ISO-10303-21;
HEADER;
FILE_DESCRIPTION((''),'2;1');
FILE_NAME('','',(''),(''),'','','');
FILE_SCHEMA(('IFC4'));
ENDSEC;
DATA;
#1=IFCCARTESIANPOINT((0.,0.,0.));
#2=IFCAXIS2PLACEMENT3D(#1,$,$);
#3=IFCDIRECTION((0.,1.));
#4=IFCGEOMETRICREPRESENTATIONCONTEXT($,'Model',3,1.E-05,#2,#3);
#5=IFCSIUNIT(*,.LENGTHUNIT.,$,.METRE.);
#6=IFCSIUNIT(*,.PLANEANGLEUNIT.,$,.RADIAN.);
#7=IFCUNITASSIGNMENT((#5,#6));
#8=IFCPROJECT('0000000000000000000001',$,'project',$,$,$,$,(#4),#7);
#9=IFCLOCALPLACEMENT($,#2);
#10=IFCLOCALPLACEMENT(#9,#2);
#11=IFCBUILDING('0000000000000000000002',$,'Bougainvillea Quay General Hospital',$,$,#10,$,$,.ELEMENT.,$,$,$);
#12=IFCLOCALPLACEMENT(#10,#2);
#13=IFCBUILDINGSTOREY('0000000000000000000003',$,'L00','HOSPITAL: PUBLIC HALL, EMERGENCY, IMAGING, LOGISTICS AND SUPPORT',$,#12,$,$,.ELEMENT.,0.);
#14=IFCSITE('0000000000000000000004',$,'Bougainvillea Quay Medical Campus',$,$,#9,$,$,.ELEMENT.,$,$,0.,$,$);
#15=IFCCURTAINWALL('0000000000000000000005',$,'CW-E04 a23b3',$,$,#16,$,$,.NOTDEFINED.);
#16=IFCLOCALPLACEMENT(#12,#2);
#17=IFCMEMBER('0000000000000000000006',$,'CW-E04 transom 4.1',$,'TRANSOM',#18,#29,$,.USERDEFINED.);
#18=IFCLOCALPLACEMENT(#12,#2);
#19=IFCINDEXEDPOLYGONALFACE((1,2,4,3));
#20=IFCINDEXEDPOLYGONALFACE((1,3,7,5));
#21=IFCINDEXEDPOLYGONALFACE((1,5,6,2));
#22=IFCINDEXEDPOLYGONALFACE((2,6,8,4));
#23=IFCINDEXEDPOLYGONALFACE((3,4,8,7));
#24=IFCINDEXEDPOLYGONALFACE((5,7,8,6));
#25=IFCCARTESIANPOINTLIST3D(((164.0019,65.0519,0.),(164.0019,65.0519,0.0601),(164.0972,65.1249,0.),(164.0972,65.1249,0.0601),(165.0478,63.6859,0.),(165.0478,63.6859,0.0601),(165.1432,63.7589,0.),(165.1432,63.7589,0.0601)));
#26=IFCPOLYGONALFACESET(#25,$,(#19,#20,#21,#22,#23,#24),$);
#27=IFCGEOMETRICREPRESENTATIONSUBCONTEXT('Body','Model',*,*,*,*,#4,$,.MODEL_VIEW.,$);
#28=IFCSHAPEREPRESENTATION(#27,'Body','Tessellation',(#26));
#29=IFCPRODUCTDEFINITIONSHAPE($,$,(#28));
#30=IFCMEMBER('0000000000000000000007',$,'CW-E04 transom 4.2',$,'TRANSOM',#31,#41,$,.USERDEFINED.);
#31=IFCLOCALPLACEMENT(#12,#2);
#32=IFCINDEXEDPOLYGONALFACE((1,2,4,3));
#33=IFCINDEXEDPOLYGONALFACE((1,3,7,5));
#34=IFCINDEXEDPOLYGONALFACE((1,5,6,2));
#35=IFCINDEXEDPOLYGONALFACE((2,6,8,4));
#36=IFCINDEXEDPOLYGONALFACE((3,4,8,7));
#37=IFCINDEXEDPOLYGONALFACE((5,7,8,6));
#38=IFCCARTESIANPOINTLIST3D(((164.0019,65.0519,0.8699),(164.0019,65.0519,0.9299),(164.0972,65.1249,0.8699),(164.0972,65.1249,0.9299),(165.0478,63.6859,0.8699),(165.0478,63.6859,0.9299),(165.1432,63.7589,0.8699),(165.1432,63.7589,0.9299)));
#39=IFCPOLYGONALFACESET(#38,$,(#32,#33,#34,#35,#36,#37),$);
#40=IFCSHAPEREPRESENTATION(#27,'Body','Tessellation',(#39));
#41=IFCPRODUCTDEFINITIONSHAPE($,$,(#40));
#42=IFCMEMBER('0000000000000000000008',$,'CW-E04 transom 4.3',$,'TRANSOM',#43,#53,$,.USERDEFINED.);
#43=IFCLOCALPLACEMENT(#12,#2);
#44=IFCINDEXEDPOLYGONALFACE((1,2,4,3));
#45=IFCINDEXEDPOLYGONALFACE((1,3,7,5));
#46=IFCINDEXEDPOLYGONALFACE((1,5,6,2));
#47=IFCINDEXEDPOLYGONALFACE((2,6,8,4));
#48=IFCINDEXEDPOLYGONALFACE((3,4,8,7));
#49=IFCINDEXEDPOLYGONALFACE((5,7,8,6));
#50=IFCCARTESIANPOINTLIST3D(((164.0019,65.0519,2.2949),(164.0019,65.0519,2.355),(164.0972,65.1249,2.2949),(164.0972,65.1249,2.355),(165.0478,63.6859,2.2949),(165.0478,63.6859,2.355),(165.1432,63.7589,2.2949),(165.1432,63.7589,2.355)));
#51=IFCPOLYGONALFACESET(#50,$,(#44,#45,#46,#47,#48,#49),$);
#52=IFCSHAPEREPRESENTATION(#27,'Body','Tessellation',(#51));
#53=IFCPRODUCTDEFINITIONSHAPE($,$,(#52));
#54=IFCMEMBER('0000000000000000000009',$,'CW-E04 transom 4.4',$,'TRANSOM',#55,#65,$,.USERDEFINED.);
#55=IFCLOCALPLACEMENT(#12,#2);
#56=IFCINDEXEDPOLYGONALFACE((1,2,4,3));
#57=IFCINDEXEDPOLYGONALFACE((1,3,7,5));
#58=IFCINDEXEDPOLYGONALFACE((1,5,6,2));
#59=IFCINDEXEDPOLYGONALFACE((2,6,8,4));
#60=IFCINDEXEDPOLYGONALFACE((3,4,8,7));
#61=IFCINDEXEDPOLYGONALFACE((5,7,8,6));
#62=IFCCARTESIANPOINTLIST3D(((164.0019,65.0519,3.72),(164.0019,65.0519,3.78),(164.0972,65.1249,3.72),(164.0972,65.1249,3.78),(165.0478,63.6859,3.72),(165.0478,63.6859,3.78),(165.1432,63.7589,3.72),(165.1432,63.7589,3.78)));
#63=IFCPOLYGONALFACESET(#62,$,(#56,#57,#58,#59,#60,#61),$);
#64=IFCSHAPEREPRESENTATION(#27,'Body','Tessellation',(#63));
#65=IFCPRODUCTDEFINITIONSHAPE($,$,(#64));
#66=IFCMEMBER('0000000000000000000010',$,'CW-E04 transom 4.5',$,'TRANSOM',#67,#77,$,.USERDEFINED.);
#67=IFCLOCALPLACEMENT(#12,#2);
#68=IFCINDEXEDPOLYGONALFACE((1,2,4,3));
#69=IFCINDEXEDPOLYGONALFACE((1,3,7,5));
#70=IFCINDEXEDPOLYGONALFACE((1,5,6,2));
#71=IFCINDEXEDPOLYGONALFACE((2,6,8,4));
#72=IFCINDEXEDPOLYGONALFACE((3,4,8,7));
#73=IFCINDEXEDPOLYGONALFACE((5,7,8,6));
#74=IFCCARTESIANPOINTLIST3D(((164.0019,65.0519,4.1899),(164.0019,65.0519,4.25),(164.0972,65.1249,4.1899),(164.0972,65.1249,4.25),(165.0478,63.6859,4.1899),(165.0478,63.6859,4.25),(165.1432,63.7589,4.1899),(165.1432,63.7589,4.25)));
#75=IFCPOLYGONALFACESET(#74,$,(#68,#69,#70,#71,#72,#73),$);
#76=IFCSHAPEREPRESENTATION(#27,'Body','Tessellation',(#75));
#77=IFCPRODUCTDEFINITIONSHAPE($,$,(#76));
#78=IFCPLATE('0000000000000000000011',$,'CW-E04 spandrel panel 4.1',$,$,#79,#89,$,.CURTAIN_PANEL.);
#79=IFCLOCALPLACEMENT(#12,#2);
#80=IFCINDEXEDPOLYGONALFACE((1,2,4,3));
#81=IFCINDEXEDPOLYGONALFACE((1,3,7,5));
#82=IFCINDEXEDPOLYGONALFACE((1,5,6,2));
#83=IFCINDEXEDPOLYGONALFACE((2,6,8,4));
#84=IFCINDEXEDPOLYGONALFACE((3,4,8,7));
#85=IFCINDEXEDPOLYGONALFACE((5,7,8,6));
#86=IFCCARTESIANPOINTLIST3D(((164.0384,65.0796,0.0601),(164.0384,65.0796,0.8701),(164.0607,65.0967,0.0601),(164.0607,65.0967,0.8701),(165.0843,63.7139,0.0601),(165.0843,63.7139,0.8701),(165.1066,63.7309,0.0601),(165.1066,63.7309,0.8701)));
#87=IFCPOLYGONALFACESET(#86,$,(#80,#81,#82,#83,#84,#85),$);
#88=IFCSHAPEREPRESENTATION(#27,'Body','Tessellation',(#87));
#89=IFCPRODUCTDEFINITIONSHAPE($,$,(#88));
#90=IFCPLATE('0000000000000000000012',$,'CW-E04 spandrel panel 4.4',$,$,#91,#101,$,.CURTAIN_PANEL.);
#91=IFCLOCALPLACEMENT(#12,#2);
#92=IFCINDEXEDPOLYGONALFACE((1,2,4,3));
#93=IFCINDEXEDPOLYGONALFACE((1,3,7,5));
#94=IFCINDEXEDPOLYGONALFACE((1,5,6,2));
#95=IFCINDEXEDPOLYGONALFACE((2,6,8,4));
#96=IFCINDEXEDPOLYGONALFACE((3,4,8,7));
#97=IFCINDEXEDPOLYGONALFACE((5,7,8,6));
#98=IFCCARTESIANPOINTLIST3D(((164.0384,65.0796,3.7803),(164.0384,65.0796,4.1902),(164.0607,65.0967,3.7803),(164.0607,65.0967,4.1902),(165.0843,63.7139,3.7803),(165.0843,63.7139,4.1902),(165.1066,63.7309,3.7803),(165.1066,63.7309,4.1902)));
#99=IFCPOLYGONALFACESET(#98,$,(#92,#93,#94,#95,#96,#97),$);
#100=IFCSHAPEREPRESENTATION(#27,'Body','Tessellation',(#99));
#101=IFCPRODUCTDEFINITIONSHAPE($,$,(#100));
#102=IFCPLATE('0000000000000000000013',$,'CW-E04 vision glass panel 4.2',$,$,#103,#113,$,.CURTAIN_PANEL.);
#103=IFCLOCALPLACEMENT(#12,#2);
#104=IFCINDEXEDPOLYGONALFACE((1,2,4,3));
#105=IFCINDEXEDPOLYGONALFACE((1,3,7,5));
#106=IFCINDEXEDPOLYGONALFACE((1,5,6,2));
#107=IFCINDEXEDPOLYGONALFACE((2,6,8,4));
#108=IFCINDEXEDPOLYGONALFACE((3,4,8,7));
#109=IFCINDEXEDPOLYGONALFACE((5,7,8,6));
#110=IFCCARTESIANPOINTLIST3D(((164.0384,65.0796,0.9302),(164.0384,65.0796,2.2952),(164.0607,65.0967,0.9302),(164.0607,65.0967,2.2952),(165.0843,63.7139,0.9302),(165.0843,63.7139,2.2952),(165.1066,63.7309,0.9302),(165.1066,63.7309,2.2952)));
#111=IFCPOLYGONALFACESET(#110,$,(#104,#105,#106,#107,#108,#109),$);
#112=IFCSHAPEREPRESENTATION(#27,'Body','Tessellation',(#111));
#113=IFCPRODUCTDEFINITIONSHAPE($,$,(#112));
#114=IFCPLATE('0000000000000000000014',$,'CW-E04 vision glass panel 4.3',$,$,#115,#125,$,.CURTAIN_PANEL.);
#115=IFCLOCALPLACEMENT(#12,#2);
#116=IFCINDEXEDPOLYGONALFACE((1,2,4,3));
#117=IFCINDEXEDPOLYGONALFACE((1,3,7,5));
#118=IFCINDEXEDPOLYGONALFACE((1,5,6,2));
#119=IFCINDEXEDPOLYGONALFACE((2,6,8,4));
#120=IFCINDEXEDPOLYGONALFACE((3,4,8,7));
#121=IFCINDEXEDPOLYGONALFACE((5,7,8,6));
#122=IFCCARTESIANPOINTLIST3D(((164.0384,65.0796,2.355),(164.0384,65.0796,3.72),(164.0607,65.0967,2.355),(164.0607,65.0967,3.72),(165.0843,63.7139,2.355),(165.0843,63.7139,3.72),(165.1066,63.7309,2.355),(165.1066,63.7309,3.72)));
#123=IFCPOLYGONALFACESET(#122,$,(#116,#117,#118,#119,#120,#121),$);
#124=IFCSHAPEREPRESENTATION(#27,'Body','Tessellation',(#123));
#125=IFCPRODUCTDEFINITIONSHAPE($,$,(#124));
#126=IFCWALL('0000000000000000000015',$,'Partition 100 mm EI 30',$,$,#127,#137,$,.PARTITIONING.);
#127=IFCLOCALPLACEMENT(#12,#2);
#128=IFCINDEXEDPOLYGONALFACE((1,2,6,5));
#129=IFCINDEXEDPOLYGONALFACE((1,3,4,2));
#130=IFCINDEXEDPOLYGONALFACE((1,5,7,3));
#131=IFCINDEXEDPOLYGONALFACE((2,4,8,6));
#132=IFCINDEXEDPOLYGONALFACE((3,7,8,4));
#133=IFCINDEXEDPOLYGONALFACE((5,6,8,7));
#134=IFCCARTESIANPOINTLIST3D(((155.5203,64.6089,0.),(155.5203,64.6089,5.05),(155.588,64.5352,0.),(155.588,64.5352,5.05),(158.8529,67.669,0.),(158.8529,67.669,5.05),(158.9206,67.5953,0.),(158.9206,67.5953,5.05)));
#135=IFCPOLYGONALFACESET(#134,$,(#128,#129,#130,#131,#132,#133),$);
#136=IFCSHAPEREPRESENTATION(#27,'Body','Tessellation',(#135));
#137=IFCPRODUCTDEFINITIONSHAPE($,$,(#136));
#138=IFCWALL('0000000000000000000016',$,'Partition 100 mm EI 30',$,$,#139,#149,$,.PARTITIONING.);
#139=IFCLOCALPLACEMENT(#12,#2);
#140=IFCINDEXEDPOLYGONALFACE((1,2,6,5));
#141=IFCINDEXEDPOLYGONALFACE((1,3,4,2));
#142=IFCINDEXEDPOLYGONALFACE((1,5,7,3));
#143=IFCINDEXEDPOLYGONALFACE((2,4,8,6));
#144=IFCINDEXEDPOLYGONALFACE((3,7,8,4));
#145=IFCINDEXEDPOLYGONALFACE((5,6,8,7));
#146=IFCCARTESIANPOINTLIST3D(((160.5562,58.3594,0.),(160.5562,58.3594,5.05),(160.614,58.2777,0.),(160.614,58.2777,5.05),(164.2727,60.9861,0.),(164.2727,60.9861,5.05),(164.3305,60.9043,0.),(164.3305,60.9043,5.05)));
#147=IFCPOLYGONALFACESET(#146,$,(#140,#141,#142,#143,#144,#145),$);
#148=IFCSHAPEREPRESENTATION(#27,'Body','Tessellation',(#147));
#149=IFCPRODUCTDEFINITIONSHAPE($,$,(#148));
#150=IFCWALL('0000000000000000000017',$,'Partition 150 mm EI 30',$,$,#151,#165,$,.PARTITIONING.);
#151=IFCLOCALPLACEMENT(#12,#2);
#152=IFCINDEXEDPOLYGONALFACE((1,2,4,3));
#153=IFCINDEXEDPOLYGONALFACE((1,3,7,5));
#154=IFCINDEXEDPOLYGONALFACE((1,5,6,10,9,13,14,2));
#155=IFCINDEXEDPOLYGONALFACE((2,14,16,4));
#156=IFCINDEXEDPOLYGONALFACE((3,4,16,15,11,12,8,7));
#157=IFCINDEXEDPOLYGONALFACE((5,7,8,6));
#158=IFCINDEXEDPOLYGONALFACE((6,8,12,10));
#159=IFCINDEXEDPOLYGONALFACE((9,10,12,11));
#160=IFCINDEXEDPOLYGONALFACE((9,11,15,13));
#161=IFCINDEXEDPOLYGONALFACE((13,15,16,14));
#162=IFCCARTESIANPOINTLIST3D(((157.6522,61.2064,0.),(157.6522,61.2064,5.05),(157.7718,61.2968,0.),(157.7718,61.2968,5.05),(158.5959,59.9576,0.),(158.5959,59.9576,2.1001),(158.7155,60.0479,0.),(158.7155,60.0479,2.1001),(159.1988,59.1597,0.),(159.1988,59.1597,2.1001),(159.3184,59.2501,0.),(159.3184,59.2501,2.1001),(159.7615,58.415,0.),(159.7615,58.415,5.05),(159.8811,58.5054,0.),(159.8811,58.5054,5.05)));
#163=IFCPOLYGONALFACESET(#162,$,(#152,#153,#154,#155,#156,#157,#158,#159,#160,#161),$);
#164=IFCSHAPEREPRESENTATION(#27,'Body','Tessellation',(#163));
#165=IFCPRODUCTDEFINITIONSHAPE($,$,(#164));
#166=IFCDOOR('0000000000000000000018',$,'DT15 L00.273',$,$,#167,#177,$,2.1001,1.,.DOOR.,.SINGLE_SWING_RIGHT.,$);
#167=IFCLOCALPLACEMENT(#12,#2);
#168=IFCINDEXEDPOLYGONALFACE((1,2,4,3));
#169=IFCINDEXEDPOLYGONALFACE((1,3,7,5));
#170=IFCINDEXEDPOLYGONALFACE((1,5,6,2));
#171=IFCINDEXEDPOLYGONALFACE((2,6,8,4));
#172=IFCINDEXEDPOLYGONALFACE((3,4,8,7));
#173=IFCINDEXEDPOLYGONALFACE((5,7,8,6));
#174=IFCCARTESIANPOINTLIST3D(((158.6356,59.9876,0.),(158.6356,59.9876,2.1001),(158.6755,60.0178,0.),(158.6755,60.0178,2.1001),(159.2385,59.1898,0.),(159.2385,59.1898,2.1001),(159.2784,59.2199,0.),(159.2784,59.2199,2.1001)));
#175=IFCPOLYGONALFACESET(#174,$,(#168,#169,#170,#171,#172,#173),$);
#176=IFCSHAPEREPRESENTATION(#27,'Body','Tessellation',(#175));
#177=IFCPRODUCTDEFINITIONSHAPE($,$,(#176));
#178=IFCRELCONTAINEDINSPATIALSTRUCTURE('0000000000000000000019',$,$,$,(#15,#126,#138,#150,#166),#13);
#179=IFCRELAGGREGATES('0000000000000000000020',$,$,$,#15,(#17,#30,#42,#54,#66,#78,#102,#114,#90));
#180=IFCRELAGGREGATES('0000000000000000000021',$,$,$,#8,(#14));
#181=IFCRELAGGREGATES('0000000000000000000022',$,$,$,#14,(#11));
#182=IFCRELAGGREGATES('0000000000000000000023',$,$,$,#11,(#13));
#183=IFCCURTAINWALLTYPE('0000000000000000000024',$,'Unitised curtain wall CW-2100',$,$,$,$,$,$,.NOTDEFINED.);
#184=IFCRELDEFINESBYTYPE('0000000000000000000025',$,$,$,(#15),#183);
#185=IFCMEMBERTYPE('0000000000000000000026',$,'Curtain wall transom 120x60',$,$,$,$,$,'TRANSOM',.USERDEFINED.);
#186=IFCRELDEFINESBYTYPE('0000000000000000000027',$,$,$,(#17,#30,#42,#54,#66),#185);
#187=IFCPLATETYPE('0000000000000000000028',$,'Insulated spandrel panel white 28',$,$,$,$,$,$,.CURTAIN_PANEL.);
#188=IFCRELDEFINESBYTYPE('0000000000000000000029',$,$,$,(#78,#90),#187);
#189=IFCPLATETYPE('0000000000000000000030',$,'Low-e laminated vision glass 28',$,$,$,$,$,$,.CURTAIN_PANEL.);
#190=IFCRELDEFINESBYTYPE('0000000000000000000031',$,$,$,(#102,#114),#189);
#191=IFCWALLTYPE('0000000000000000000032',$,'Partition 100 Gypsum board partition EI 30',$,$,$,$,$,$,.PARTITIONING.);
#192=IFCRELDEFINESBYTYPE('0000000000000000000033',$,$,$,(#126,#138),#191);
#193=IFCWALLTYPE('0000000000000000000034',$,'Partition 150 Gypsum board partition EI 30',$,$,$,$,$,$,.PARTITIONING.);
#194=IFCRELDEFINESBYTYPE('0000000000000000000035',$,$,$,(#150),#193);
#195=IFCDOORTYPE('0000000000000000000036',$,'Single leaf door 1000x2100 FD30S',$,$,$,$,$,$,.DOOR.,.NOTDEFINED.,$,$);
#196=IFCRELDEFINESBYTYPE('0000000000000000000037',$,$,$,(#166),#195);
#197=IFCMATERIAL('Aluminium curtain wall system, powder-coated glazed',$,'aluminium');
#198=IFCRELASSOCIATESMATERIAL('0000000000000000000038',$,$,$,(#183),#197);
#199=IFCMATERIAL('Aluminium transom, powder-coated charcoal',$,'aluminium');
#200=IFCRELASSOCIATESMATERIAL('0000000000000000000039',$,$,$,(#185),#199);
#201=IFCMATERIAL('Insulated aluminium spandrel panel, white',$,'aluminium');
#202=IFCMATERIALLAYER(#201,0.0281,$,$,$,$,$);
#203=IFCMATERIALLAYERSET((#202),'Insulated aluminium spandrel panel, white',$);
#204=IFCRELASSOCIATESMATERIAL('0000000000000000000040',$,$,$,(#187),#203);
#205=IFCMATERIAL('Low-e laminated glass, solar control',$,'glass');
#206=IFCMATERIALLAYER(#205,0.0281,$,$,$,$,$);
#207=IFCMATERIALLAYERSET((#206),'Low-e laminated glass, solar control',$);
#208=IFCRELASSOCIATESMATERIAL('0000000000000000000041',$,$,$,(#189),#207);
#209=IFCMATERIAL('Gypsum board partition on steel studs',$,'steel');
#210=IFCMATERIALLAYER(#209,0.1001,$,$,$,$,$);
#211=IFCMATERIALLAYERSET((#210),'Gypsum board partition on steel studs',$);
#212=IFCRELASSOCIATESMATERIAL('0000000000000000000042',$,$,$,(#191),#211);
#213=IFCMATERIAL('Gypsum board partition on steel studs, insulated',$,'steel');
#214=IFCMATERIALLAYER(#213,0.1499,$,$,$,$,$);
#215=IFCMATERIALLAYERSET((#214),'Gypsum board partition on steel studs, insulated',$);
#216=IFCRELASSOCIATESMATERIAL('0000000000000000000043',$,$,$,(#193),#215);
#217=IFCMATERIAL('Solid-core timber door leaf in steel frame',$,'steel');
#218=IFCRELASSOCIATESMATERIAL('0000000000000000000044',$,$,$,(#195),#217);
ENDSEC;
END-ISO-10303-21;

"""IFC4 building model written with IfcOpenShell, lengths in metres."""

from ifc_helpers import new_model, si_unit, direction, frame, frame_2d, origin, origin_2d, place, context, subcontext, project, spatial, rectangle, extrude, material, layer, layer_set, material_profile, profile_set, type_object, element, fill, aggregate, save


model = new_model("IFC4")

# Units and contexts
model_context = context("Model", 3, precision=1e-05, world=origin(), true_north=direction((0.0, 1.0)))
body_context = subcontext(model_context, "Body", "Model", "MODEL_VIEW")
ifc_project = project(units=[si_unit("LENGTHUNIT", "METRE"), si_unit("PLANEANGLEUNIT", "RADIAN")], contexts=[model_context])

# Site, building, storey
site_placement = place(None, origin())
site = spatial("IfcSite", under=ifc_project, at=site_placement, Name="Bougainvillea Quay Medical Campus", CompositionType="ELEMENT", RefElevation=0.0)
building_placement = place(site_placement, origin())
building = spatial("IfcBuilding", under=site, at=building_placement, Name="Bougainvillea Quay General Hospital", CompositionType="ELEMENT")
storey_placement = place(building_placement, origin())
storey = spatial("IfcBuildingStorey", under=building, at=storey_placement, Name="L00", Description="HOSPITAL: PUBLIC HALL, EMERGENCY, IMAGING, LOGISTICS AND SUPPORT", CompositionType="ELEMENT", Elevation=0.0)

# Curtain wall, members, plates
ifc_material_1 = material(Name="Aluminium curtain wall system, powder-coated glazed", Category="aluminium")
curtain_wall_type = type_object("IfcCurtainWallType", Name="Unitised curtain wall CW-2100", PredefinedType="NOTDEFINED", material=ifc_material_1)
curtain_wall_placement = place(storey_placement, origin())
curtain_wall = element("IfcCurtainWall", 1, at=curtain_wall_placement, inside=storey, type_object=curtain_wall_type, Name="CW-E04 a23b3", PredefinedType="NOTDEFINED")
ifc_material_2 = material(Name="Aluminium transom, powder-coated charcoal", Category="aluminium")
ifc_material_profile_1 = material_profile(ifc_material_2, rectangle(XDim=0.1201, YDim=0.0601, at=origin_2d()))
ifc_profile_set_1 = profile_set([ifc_material_profile_1], Name="Aluminium transom, powder-coated charcoal")
member_type_1 = type_object("IfcMemberType", Name="Curtain wall transom 120x60", ElementType="TRANSOM", PredefinedType="USERDEFINED", material=ifc_profile_set_1)
member_1_placement = place(storey_placement, frame((164.0496, 65.0884, 0.03), z_axis=(0.60794, -0.793983, 0.0), x_axis=(0.793983, 0.60794, 0.0)))
member_1 = element("IfcMember", 2, at=member_1_placement, type_object=member_type_1, Name="CW-E04 transom 4.1", ObjectType="TRANSOM", PredefinedType="USERDEFINED", context=body_context, shape_type="SweptSolid", body=[
    extrude(rectangle(XDim=0.1201, YDim=0.0601, at=origin_2d()), origin(), (0.0, 0.0, 1.0), 1.7205),
])
member_2_placement = place(storey_placement, frame((164.0496, 65.0884, 0.8999), z_axis=(0.60794, -0.793983, 0.0), x_axis=(0.793983, 0.60794, 0.0)))
member_2 = element("IfcMember", 3, at=member_2_placement, type_object=member_type_1, Name="CW-E04 transom 4.2", ObjectType="TRANSOM", PredefinedType="USERDEFINED", context=body_context, shape_type="SweptSolid", body=[
    extrude(rectangle(XDim=0.1201, YDim=0.0601, at=origin_2d()), origin(), (0.0, 0.0, 1.0), 1.7205),
])
member_3_placement = place(storey_placement, frame((164.0496, 65.0884, 2.325), z_axis=(0.60794, -0.793983, 0.0), x_axis=(0.793983, 0.60794, 0.0)))
member_3 = element("IfcMember", 4, at=member_3_placement, type_object=member_type_1, Name="CW-E04 transom 4.3", ObjectType="TRANSOM", PredefinedType="USERDEFINED", context=body_context, shape_type="SweptSolid", body=[
    extrude(rectangle(XDim=0.1201, YDim=0.0601, at=origin_2d()), origin(), (0.0, 0.0, 1.0), 1.7205),
])
member_4_placement = place(storey_placement, frame((164.0496, 65.0884, 3.75), z_axis=(0.60794, -0.793983, 0.0), x_axis=(0.793983, 0.60794, 0.0)))
member_4 = element("IfcMember", 5, at=member_4_placement, type_object=member_type_1, Name="CW-E04 transom 4.4", ObjectType="TRANSOM", PredefinedType="USERDEFINED", context=body_context, shape_type="SweptSolid", body=[
    extrude(rectangle(XDim=0.1201, YDim=0.0601, at=origin_2d()), origin(), (0.0, 0.0, 1.0), 1.7205),
])
member_5_placement = place(storey_placement, frame((164.0496, 65.0884, 4.22), z_axis=(0.60794, -0.793983, 0.0), x_axis=(0.793983, 0.60794, 0.0)))
member_5 = element("IfcMember", 6, at=member_5_placement, type_object=member_type_1, Name="CW-E04 transom 4.5", ObjectType="TRANSOM", PredefinedType="USERDEFINED", context=body_context, shape_type="SweptSolid", body=[
    extrude(rectangle(XDim=0.1201, YDim=0.0601, at=origin_2d()), origin(), (0.0, 0.0, 1.0), 1.7205),
])
ifc_material_3 = material(Name="Insulated aluminium spandrel panel, white", Category="aluminium")
ifc_layer_1 = layer(ifc_material_3, 0.0281)
ifc_layer_set_1 = layer_set([ifc_layer_1], Name="Insulated aluminium spandrel panel, white")
plate_type_1 = type_object("IfcPlateType", Name="Insulated spandrel panel white 28", PredefinedType="CURTAIN_PANEL", material=ifc_layer_set_1)
plate_1_placement = place(storey_placement, frame((164.5725, 64.4053, 0.0601), z_axis=(0.0, 0.0, 1.0), x_axis=(0.608008, -0.793931, 0.0)))
plate_1 = element("IfcPlate", 7, at=plate_1_placement, type_object=plate_type_1, Name="CW-E04 spandrel panel 4.1", PredefinedType="CURTAIN_PANEL", context=body_context, shape_type="SweptSolid", body=[
    extrude(rectangle(XDim=1.7202, YDim=0.0281, at=origin_2d()), origin(), (0.0, 0.0, 1.0), 0.8101),
])
plate_2_placement = place(storey_placement, frame((164.5725, 64.4053, 3.7803), z_axis=(0.0, 0.0, 1.0), x_axis=(0.608008, -0.793931, 0.0)))
plate_2 = element("IfcPlate", 8, at=plate_2_placement, type_object=plate_type_1, Name="CW-E04 spandrel panel 4.4", PredefinedType="CURTAIN_PANEL", context=body_context, shape_type="SweptSolid", body=[
    extrude(rectangle(XDim=1.7202, YDim=0.0281, at=origin_2d()), origin(), (0.0, 0.0, 1.0), 0.4099),
])
ifc_material_4 = material(Name="Low-e laminated glass, solar control", Category="glass")
ifc_layer_2 = layer(ifc_material_4, 0.0281)
ifc_layer_set_2 = layer_set([ifc_layer_2], Name="Low-e laminated glass, solar control")
plate_type_2 = type_object("IfcPlateType", Name="Low-e laminated vision glass 28", PredefinedType="CURTAIN_PANEL", material=ifc_layer_set_2)
plate_3_placement = place(storey_placement, frame((164.5725, 64.4053, 0.9302), z_axis=(0.0, 0.0, 1.0), x_axis=(0.608008, -0.793931, 0.0)))
plate_3 = element("IfcPlate", 9, at=plate_3_placement, type_object=plate_type_2, Name="CW-E04 vision glass panel 4.2", PredefinedType="CURTAIN_PANEL", context=body_context, shape_type="SweptSolid", body=[
    extrude(rectangle(XDim=1.7202, YDim=0.0281, at=origin_2d()), origin(), (0.0, 0.0, 1.0), 1.365),
])
plate_4_placement = place(storey_placement, frame((164.5725, 64.4053, 2.355), z_axis=(0.0, 0.0, 1.0), x_axis=(0.608008, -0.793931, 0.0)))
plate_4 = element("IfcPlate", 10, at=plate_4_placement, type_object=plate_type_2, Name="CW-E04 vision glass panel 4.3", PredefinedType="CURTAIN_PANEL", context=body_context, shape_type="SweptSolid", body=[
    extrude(rectangle(XDim=1.7202, YDim=0.0281, at=origin_2d()), origin(), (0.0, 0.0, 1.0), 1.365),
])
aggregate(curtain_wall, [member_1, member_2, member_3, member_4, member_5, plate_1, plate_3, plate_4, plate_2])

# Walls
ifc_material_5 = material(Name="Gypsum board partition on steel studs", Category="steel")
ifc_layer_3 = layer(ifc_material_5, 0.1001)
ifc_layer_set_3 = layer_set([ifc_layer_3], Name="Gypsum board partition on steel studs")
wall_type_1 = type_object("IfcWallType", Name="Partition 100 Gypsum board partition EI 30", PredefinedType="PARTITIONING", material=ifc_layer_set_3)
wall_1_placement = place(storey_placement, frame((155.5542, 64.572, 0.0), z_axis=(0.0, 0.0, 1.0), x_axis=(0.736576, 0.676355, 0.0)))
element("IfcWall", 11, at=wall_1_placement, inside=storey, type_object=wall_type_1, Name="Partition 100 mm EI 30", PredefinedType="PARTITIONING", context=body_context, shape_type="SweptSolid", body=[
    extrude(rectangle(XDim=4.5244, YDim=0.1001, at=frame_2d((2.2622, 0.0))), origin(), (0.0, 0.0, 1.0), 5.05),
])
wall_2_placement = place(storey_placement, frame((160.5852, 58.3186, 0.0), z_axis=(0.0, 0.0, 1.0), x_axis=(0.81663, 0.577161, 0.0)))
element("IfcWall", 12, at=wall_2_placement, inside=storey, type_object=wall_type_1, Name="Partition 100 mm EI 30", PredefinedType="PARTITIONING", context=body_context, shape_type="SweptSolid", body=[
    extrude(rectangle(XDim=4.551, YDim=0.1001, at=frame_2d((2.2754, 0.0))), origin(), (0.0, 0.0, 1.0), 5.05),
])

# Wall, opening, door
ifc_material_6 = material(Name="Gypsum board partition on steel studs, insulated", Category="steel")
ifc_layer_4 = layer(ifc_material_6, 0.1499)
ifc_layer_set_4 = layer_set([ifc_layer_4], Name="Gypsum board partition on steel studs, insulated")
wall_type_2 = type_object("IfcWallType", Name="Partition 150 Gypsum board partition EI 30", PredefinedType="PARTITIONING", material=ifc_layer_set_4)
wall_3_placement = place(storey_placement, frame((157.7119, 61.2517, 0.0), z_axis=(0.0, 0.0, 1.0), x_axis=(0.602877, -0.797835, 0.0)))
wall_3 = element("IfcWall", 13, at=wall_3_placement, inside=storey, type_object=wall_type_2, Name="Partition 150 mm EI 30", PredefinedType="PARTITIONING", context=body_context, shape_type="SweptSolid", body=[
    extrude(rectangle(XDim=3.4988, YDim=0.1499, at=frame_2d((1.7495, 0.0))), origin(), (0.0, 0.0, 1.0), 5.05),
])
opening_1_placement = place(wall_3_placement, frame((1.5654, 0.0, 0.0)))
opening_1 = element("IfcOpeningElement", 14, at=opening_1_placement, cuts=wall_3, PredefinedType="OPENING", context=body_context, shape_type="SweptSolid", body=[
    extrude(rectangle(XDim=1.0, YDim=2.1001, at=frame_2d((0.5, 1.05))), frame((0.0, 0.085, 0.0), z_axis=(0.0, -1.0, 0.0), x_axis=(1.0, 0.0, 0.0)), (0.0, 0.0, 1.0), 0.1699),
])
ifc_material_7 = material(Name="Solid-core timber door leaf in steel frame", Category="steel")
door_type_1 = type_object("IfcDoorType", Name="Single leaf door 1000x2100 FD30S", OperationType="NOTDEFINED", PredefinedType="DOOR", material=ifc_material_7)
door_1_placement = place(opening_1_placement, origin())
door_1 = element("IfcDoor", 15, at=door_1_placement, inside=storey, type_object=door_type_1, Name="DT15 L00.273", OperationType="SINGLE_SWING_RIGHT", OverallHeight=2.1001, OverallWidth=1.0, PredefinedType="DOOR", context=body_context, shape_type="SweptSolid", body=[
    extrude(rectangle(XDim=1.0, YDim=2.1001, at=frame_2d((0.5, 1.05))), frame((0.0, 0.0249, 0.0), z_axis=(0.0, -1.0, 0.0), x_axis=(1.0, 0.0, 0.0)), (0.0, 0.0, 1.0), 0.05),
])
fill(opening_1, door_1)

save(model, "model.ifc")
